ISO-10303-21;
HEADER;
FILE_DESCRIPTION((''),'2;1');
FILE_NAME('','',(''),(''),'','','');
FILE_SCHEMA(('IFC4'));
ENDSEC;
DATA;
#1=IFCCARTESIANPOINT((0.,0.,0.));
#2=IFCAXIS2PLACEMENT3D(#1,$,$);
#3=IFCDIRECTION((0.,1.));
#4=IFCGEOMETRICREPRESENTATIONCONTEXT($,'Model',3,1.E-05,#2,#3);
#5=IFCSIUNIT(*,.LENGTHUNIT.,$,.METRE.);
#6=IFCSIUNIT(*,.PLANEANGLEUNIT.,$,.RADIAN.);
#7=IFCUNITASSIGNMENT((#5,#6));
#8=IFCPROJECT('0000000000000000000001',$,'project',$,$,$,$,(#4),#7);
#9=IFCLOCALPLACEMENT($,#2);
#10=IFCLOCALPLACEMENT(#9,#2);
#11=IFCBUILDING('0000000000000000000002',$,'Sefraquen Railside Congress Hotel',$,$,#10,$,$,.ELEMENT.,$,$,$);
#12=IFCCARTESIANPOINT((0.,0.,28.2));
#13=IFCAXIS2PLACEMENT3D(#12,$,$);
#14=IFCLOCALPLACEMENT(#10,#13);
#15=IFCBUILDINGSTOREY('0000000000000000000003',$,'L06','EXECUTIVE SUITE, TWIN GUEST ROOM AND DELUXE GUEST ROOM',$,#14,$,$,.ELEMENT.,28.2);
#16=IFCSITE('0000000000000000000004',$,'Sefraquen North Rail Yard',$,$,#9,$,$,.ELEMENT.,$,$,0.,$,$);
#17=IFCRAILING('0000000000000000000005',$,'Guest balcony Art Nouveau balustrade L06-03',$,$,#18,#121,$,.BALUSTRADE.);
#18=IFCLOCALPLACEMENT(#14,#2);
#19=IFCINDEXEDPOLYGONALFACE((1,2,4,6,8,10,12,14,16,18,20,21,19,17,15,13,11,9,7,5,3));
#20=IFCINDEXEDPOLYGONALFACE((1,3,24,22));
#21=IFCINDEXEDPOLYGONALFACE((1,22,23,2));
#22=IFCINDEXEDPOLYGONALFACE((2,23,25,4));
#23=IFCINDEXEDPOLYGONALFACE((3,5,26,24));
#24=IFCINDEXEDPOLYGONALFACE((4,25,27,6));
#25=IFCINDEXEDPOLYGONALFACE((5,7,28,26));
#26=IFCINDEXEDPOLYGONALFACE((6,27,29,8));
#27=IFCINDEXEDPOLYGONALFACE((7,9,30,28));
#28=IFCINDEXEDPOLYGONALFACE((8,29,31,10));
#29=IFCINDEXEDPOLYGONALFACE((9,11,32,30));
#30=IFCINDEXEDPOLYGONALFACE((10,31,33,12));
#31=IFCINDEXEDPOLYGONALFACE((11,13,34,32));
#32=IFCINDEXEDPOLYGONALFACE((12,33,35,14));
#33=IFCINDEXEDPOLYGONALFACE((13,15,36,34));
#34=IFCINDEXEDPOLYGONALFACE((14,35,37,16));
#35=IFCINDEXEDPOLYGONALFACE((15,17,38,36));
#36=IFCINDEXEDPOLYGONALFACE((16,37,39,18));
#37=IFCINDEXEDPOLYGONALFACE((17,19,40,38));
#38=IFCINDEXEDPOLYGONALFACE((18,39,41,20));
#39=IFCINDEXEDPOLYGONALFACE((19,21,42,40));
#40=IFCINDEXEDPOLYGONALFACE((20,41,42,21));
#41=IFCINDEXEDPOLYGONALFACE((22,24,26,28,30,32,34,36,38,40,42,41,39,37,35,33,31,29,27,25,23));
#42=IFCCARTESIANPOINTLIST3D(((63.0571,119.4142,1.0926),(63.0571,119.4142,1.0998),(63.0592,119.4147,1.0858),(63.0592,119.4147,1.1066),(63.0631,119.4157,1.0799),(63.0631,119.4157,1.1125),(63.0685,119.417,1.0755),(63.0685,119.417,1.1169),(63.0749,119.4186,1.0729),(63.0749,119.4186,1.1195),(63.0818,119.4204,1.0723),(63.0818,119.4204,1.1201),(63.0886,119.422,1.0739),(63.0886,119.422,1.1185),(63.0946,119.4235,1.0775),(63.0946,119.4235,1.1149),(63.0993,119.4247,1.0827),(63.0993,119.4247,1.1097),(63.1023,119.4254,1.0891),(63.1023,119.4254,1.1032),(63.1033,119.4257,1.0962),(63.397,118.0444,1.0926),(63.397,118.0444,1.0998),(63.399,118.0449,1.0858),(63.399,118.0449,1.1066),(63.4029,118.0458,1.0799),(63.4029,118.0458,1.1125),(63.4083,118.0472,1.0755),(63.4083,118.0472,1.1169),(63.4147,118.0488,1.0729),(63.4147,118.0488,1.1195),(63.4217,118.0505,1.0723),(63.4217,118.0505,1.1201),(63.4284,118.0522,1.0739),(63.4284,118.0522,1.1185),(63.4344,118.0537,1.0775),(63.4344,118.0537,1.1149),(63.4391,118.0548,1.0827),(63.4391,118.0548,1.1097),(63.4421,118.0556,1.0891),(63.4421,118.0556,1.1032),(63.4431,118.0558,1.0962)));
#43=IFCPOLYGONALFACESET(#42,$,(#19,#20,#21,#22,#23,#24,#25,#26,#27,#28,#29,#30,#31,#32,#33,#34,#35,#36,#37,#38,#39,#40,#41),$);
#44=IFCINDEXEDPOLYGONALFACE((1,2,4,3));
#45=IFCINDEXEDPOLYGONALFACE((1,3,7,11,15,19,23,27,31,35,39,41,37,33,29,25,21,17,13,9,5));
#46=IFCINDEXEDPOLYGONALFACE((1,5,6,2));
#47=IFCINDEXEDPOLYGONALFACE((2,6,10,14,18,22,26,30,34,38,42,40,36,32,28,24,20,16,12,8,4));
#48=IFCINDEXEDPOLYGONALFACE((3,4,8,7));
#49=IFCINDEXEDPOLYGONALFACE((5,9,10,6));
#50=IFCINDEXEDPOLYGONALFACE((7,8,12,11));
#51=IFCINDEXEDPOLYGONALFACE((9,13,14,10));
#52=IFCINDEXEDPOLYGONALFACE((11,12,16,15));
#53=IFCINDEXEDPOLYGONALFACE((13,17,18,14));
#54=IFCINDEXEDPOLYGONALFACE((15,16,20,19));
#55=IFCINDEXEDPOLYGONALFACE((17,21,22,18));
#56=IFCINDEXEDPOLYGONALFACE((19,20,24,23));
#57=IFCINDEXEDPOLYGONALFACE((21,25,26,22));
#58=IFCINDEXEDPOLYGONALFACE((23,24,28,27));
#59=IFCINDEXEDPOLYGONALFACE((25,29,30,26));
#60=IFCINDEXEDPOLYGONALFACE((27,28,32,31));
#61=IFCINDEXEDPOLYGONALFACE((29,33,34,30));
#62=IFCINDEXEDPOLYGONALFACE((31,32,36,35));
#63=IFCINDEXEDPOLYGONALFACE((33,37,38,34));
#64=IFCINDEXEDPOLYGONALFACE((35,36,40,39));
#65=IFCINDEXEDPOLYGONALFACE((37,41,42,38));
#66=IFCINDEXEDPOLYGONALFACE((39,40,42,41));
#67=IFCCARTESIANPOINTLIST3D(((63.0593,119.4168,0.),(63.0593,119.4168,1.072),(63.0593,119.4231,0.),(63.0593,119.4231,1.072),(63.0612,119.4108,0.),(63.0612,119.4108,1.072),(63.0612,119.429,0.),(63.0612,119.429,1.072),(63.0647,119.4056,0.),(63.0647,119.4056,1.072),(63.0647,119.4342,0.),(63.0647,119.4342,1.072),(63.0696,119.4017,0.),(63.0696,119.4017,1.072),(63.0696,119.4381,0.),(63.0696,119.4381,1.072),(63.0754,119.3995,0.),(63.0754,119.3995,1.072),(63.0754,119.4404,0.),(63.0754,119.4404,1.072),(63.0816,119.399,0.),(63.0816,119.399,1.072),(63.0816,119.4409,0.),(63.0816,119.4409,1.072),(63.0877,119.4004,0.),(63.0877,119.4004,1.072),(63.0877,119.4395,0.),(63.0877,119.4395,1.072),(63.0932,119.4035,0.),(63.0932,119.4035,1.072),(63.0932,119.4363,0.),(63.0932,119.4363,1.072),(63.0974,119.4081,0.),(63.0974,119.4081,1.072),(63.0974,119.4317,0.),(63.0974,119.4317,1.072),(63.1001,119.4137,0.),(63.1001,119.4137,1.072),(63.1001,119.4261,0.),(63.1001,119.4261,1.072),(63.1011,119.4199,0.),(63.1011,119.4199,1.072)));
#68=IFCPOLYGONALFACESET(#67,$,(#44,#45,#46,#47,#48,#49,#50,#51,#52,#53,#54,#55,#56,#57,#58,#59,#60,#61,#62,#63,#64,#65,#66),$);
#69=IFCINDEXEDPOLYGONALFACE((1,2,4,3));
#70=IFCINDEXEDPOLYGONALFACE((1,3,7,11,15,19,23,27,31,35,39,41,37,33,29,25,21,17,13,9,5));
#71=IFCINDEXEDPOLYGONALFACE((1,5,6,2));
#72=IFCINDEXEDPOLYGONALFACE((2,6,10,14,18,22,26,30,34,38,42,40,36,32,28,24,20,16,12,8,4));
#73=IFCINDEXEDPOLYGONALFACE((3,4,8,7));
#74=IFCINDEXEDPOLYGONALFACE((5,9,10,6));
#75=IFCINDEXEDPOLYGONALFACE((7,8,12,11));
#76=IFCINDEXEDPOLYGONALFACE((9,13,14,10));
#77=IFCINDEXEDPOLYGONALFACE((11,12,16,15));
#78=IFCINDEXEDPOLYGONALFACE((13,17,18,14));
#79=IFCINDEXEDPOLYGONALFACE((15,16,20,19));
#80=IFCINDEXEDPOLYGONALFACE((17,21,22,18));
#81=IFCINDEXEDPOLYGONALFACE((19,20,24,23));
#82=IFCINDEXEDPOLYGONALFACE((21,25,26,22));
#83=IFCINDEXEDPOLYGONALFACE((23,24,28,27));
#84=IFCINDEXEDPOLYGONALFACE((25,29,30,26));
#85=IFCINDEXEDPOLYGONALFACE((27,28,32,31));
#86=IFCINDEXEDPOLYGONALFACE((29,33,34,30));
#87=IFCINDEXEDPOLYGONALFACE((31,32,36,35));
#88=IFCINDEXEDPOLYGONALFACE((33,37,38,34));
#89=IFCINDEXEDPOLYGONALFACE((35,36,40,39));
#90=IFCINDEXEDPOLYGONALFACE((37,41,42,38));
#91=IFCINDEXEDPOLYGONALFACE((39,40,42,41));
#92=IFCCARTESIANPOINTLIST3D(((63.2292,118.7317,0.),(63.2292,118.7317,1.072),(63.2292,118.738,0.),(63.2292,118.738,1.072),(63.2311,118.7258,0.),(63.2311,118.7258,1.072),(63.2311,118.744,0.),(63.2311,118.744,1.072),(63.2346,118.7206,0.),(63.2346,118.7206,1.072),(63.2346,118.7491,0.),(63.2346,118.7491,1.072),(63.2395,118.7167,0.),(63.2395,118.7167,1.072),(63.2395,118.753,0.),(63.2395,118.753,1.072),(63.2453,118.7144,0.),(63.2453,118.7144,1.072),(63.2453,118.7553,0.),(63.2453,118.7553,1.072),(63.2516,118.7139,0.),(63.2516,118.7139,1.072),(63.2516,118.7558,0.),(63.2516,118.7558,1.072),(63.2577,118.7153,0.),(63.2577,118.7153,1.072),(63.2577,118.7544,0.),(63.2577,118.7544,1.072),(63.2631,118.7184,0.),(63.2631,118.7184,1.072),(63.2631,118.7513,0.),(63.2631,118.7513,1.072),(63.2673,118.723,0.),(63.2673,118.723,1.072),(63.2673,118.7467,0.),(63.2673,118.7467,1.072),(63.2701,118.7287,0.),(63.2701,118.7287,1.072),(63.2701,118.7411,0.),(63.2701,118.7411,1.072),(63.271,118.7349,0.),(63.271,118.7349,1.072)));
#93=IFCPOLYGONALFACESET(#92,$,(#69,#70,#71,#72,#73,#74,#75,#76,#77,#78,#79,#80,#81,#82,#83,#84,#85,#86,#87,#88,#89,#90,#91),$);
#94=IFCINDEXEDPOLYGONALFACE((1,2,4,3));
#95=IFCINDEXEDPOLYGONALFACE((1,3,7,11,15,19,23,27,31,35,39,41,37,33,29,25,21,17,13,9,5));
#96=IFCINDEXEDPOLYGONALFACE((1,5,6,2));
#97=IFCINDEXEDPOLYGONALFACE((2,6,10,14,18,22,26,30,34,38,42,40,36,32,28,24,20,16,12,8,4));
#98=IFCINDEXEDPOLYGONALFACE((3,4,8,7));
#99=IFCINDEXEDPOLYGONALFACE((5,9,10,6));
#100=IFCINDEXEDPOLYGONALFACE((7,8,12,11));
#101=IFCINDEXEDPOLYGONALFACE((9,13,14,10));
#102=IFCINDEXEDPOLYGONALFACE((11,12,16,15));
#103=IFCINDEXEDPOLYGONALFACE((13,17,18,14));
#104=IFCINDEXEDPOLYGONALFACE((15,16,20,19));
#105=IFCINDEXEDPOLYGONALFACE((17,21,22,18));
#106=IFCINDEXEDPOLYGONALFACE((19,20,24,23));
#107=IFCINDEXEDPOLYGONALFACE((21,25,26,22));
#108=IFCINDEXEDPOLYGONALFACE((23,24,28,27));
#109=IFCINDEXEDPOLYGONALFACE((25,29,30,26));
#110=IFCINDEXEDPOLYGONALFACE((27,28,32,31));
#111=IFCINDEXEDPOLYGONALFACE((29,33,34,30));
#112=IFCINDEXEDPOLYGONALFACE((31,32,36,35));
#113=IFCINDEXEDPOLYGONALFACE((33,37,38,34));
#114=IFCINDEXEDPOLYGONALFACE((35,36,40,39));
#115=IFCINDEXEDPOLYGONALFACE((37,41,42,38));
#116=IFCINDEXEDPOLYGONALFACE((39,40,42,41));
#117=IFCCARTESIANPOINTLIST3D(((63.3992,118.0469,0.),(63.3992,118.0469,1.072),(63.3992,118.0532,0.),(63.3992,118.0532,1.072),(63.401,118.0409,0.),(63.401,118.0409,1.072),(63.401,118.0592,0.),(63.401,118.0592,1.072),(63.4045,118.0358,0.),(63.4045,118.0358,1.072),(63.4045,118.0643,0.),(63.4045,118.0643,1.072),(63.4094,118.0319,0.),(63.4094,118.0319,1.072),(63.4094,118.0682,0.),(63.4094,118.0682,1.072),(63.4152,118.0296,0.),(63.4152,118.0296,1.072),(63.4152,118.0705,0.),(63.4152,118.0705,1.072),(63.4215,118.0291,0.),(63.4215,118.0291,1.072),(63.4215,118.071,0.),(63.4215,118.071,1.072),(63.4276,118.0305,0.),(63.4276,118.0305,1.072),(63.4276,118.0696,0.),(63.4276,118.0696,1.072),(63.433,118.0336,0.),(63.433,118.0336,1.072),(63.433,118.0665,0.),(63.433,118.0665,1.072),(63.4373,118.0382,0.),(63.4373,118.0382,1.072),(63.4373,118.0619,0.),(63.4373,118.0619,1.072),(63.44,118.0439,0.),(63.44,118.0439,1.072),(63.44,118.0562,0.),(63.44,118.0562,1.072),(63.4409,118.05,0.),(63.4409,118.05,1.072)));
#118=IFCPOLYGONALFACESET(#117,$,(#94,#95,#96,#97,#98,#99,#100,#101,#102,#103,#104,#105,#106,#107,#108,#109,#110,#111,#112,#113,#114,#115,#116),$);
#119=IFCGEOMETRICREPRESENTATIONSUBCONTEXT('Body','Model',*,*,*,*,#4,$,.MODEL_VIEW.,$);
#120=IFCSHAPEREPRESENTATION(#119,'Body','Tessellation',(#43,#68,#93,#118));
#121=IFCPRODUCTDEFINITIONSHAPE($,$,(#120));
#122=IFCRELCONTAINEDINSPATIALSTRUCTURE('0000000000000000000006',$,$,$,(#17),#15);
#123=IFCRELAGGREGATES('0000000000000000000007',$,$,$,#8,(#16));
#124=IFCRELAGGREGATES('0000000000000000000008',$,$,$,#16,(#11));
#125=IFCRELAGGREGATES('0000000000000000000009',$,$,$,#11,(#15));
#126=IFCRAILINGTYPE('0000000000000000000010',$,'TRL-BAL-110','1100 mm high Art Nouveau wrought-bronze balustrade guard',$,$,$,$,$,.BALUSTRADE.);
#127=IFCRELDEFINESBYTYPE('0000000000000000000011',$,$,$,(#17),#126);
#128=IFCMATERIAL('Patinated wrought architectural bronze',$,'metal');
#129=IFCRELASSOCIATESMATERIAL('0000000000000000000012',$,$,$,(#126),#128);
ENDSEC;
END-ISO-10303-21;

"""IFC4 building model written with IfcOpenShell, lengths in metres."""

from ifc_helpers import new_model, si_unit, direction, frame, origin, origin_2d, place, context, subcontext, project, spatial, circle, extrude, material, type_object, element, save


model = new_model("IFC4")

# Units and contexts
model_context = context("Model", 3, precision=1e-05, world=origin(), true_north=direction((0.0, 1.0)))
body_context = subcontext(model_context, "Body", "Model", "MODEL_VIEW")
ifc_project = project(units=[si_unit("LENGTHUNIT", "METRE"), si_unit("PLANEANGLEUNIT", "RADIAN")], contexts=[model_context])

# Site, building, storey
site_placement = place(None, origin())
site = spatial("IfcSite", under=ifc_project, at=site_placement, Name="Sefraquen North Rail Yard", CompositionType="ELEMENT", RefElevation=0.0)
building_placement = place(site_placement, origin())
building = spatial("IfcBuilding", under=site, at=building_placement, Name="Sefraquen Railside Congress Hotel", CompositionType="ELEMENT")
storey_placement = place(building_placement, frame((0.0, 0.0, 28.2)))
storey = spatial("IfcBuildingStorey", under=building, at=storey_placement, Name="L06", Description="EXECUTIVE SUITE, TWIN GUEST ROOM AND DELUXE GUEST ROOM", CompositionType="ELEMENT", Elevation=28.2)

# Railing
ifc_material_1 = material(Name="Patinated wrought architectural bronze", Category="metal")
railing_type = type_object("IfcRailingType", Name="TRL-BAL-110", Description="1100 mm high Art Nouveau wrought-bronze balustrade guard", PredefinedType="BALUSTRADE", material=ifc_material_1)
railing_1_placement = place(storey_placement, frame((63.0801, 119.4199, 0.0)))
element("IfcRailing", 1, at=railing_1_placement, inside=storey, type_object=railing_type, Name="Guest balcony Art Nouveau balustrade L06-03", PredefinedType="BALUSTRADE", context=body_context, shape_type="SweptSolid", body=[
    extrude(circle(Radius=0.0239, at=origin_2d()), frame((0.0, 0.0, 1.0962), z_axis=(0.240785, -0.970578, 0.0), x_axis=(0.970578, 0.240785, 0.0)), (0.0, 0.0, 1.0), 1.4114),
    extrude(circle(Radius=0.021, at=origin_2d()), origin(), (0.0, 0.0, 1.0), 1.072),
    extrude(circle(Radius=0.021, at=origin_2d()), frame((0.1699, -0.6851, 0.0)), (0.0, 0.0, 1.0), 1.072),
    extrude(circle(Radius=0.021, at=origin_2d()), frame((0.3398, -1.3699, 0.0)), (0.0, 0.0, 1.0), 1.072),
])

save(model, "model.ifc")
